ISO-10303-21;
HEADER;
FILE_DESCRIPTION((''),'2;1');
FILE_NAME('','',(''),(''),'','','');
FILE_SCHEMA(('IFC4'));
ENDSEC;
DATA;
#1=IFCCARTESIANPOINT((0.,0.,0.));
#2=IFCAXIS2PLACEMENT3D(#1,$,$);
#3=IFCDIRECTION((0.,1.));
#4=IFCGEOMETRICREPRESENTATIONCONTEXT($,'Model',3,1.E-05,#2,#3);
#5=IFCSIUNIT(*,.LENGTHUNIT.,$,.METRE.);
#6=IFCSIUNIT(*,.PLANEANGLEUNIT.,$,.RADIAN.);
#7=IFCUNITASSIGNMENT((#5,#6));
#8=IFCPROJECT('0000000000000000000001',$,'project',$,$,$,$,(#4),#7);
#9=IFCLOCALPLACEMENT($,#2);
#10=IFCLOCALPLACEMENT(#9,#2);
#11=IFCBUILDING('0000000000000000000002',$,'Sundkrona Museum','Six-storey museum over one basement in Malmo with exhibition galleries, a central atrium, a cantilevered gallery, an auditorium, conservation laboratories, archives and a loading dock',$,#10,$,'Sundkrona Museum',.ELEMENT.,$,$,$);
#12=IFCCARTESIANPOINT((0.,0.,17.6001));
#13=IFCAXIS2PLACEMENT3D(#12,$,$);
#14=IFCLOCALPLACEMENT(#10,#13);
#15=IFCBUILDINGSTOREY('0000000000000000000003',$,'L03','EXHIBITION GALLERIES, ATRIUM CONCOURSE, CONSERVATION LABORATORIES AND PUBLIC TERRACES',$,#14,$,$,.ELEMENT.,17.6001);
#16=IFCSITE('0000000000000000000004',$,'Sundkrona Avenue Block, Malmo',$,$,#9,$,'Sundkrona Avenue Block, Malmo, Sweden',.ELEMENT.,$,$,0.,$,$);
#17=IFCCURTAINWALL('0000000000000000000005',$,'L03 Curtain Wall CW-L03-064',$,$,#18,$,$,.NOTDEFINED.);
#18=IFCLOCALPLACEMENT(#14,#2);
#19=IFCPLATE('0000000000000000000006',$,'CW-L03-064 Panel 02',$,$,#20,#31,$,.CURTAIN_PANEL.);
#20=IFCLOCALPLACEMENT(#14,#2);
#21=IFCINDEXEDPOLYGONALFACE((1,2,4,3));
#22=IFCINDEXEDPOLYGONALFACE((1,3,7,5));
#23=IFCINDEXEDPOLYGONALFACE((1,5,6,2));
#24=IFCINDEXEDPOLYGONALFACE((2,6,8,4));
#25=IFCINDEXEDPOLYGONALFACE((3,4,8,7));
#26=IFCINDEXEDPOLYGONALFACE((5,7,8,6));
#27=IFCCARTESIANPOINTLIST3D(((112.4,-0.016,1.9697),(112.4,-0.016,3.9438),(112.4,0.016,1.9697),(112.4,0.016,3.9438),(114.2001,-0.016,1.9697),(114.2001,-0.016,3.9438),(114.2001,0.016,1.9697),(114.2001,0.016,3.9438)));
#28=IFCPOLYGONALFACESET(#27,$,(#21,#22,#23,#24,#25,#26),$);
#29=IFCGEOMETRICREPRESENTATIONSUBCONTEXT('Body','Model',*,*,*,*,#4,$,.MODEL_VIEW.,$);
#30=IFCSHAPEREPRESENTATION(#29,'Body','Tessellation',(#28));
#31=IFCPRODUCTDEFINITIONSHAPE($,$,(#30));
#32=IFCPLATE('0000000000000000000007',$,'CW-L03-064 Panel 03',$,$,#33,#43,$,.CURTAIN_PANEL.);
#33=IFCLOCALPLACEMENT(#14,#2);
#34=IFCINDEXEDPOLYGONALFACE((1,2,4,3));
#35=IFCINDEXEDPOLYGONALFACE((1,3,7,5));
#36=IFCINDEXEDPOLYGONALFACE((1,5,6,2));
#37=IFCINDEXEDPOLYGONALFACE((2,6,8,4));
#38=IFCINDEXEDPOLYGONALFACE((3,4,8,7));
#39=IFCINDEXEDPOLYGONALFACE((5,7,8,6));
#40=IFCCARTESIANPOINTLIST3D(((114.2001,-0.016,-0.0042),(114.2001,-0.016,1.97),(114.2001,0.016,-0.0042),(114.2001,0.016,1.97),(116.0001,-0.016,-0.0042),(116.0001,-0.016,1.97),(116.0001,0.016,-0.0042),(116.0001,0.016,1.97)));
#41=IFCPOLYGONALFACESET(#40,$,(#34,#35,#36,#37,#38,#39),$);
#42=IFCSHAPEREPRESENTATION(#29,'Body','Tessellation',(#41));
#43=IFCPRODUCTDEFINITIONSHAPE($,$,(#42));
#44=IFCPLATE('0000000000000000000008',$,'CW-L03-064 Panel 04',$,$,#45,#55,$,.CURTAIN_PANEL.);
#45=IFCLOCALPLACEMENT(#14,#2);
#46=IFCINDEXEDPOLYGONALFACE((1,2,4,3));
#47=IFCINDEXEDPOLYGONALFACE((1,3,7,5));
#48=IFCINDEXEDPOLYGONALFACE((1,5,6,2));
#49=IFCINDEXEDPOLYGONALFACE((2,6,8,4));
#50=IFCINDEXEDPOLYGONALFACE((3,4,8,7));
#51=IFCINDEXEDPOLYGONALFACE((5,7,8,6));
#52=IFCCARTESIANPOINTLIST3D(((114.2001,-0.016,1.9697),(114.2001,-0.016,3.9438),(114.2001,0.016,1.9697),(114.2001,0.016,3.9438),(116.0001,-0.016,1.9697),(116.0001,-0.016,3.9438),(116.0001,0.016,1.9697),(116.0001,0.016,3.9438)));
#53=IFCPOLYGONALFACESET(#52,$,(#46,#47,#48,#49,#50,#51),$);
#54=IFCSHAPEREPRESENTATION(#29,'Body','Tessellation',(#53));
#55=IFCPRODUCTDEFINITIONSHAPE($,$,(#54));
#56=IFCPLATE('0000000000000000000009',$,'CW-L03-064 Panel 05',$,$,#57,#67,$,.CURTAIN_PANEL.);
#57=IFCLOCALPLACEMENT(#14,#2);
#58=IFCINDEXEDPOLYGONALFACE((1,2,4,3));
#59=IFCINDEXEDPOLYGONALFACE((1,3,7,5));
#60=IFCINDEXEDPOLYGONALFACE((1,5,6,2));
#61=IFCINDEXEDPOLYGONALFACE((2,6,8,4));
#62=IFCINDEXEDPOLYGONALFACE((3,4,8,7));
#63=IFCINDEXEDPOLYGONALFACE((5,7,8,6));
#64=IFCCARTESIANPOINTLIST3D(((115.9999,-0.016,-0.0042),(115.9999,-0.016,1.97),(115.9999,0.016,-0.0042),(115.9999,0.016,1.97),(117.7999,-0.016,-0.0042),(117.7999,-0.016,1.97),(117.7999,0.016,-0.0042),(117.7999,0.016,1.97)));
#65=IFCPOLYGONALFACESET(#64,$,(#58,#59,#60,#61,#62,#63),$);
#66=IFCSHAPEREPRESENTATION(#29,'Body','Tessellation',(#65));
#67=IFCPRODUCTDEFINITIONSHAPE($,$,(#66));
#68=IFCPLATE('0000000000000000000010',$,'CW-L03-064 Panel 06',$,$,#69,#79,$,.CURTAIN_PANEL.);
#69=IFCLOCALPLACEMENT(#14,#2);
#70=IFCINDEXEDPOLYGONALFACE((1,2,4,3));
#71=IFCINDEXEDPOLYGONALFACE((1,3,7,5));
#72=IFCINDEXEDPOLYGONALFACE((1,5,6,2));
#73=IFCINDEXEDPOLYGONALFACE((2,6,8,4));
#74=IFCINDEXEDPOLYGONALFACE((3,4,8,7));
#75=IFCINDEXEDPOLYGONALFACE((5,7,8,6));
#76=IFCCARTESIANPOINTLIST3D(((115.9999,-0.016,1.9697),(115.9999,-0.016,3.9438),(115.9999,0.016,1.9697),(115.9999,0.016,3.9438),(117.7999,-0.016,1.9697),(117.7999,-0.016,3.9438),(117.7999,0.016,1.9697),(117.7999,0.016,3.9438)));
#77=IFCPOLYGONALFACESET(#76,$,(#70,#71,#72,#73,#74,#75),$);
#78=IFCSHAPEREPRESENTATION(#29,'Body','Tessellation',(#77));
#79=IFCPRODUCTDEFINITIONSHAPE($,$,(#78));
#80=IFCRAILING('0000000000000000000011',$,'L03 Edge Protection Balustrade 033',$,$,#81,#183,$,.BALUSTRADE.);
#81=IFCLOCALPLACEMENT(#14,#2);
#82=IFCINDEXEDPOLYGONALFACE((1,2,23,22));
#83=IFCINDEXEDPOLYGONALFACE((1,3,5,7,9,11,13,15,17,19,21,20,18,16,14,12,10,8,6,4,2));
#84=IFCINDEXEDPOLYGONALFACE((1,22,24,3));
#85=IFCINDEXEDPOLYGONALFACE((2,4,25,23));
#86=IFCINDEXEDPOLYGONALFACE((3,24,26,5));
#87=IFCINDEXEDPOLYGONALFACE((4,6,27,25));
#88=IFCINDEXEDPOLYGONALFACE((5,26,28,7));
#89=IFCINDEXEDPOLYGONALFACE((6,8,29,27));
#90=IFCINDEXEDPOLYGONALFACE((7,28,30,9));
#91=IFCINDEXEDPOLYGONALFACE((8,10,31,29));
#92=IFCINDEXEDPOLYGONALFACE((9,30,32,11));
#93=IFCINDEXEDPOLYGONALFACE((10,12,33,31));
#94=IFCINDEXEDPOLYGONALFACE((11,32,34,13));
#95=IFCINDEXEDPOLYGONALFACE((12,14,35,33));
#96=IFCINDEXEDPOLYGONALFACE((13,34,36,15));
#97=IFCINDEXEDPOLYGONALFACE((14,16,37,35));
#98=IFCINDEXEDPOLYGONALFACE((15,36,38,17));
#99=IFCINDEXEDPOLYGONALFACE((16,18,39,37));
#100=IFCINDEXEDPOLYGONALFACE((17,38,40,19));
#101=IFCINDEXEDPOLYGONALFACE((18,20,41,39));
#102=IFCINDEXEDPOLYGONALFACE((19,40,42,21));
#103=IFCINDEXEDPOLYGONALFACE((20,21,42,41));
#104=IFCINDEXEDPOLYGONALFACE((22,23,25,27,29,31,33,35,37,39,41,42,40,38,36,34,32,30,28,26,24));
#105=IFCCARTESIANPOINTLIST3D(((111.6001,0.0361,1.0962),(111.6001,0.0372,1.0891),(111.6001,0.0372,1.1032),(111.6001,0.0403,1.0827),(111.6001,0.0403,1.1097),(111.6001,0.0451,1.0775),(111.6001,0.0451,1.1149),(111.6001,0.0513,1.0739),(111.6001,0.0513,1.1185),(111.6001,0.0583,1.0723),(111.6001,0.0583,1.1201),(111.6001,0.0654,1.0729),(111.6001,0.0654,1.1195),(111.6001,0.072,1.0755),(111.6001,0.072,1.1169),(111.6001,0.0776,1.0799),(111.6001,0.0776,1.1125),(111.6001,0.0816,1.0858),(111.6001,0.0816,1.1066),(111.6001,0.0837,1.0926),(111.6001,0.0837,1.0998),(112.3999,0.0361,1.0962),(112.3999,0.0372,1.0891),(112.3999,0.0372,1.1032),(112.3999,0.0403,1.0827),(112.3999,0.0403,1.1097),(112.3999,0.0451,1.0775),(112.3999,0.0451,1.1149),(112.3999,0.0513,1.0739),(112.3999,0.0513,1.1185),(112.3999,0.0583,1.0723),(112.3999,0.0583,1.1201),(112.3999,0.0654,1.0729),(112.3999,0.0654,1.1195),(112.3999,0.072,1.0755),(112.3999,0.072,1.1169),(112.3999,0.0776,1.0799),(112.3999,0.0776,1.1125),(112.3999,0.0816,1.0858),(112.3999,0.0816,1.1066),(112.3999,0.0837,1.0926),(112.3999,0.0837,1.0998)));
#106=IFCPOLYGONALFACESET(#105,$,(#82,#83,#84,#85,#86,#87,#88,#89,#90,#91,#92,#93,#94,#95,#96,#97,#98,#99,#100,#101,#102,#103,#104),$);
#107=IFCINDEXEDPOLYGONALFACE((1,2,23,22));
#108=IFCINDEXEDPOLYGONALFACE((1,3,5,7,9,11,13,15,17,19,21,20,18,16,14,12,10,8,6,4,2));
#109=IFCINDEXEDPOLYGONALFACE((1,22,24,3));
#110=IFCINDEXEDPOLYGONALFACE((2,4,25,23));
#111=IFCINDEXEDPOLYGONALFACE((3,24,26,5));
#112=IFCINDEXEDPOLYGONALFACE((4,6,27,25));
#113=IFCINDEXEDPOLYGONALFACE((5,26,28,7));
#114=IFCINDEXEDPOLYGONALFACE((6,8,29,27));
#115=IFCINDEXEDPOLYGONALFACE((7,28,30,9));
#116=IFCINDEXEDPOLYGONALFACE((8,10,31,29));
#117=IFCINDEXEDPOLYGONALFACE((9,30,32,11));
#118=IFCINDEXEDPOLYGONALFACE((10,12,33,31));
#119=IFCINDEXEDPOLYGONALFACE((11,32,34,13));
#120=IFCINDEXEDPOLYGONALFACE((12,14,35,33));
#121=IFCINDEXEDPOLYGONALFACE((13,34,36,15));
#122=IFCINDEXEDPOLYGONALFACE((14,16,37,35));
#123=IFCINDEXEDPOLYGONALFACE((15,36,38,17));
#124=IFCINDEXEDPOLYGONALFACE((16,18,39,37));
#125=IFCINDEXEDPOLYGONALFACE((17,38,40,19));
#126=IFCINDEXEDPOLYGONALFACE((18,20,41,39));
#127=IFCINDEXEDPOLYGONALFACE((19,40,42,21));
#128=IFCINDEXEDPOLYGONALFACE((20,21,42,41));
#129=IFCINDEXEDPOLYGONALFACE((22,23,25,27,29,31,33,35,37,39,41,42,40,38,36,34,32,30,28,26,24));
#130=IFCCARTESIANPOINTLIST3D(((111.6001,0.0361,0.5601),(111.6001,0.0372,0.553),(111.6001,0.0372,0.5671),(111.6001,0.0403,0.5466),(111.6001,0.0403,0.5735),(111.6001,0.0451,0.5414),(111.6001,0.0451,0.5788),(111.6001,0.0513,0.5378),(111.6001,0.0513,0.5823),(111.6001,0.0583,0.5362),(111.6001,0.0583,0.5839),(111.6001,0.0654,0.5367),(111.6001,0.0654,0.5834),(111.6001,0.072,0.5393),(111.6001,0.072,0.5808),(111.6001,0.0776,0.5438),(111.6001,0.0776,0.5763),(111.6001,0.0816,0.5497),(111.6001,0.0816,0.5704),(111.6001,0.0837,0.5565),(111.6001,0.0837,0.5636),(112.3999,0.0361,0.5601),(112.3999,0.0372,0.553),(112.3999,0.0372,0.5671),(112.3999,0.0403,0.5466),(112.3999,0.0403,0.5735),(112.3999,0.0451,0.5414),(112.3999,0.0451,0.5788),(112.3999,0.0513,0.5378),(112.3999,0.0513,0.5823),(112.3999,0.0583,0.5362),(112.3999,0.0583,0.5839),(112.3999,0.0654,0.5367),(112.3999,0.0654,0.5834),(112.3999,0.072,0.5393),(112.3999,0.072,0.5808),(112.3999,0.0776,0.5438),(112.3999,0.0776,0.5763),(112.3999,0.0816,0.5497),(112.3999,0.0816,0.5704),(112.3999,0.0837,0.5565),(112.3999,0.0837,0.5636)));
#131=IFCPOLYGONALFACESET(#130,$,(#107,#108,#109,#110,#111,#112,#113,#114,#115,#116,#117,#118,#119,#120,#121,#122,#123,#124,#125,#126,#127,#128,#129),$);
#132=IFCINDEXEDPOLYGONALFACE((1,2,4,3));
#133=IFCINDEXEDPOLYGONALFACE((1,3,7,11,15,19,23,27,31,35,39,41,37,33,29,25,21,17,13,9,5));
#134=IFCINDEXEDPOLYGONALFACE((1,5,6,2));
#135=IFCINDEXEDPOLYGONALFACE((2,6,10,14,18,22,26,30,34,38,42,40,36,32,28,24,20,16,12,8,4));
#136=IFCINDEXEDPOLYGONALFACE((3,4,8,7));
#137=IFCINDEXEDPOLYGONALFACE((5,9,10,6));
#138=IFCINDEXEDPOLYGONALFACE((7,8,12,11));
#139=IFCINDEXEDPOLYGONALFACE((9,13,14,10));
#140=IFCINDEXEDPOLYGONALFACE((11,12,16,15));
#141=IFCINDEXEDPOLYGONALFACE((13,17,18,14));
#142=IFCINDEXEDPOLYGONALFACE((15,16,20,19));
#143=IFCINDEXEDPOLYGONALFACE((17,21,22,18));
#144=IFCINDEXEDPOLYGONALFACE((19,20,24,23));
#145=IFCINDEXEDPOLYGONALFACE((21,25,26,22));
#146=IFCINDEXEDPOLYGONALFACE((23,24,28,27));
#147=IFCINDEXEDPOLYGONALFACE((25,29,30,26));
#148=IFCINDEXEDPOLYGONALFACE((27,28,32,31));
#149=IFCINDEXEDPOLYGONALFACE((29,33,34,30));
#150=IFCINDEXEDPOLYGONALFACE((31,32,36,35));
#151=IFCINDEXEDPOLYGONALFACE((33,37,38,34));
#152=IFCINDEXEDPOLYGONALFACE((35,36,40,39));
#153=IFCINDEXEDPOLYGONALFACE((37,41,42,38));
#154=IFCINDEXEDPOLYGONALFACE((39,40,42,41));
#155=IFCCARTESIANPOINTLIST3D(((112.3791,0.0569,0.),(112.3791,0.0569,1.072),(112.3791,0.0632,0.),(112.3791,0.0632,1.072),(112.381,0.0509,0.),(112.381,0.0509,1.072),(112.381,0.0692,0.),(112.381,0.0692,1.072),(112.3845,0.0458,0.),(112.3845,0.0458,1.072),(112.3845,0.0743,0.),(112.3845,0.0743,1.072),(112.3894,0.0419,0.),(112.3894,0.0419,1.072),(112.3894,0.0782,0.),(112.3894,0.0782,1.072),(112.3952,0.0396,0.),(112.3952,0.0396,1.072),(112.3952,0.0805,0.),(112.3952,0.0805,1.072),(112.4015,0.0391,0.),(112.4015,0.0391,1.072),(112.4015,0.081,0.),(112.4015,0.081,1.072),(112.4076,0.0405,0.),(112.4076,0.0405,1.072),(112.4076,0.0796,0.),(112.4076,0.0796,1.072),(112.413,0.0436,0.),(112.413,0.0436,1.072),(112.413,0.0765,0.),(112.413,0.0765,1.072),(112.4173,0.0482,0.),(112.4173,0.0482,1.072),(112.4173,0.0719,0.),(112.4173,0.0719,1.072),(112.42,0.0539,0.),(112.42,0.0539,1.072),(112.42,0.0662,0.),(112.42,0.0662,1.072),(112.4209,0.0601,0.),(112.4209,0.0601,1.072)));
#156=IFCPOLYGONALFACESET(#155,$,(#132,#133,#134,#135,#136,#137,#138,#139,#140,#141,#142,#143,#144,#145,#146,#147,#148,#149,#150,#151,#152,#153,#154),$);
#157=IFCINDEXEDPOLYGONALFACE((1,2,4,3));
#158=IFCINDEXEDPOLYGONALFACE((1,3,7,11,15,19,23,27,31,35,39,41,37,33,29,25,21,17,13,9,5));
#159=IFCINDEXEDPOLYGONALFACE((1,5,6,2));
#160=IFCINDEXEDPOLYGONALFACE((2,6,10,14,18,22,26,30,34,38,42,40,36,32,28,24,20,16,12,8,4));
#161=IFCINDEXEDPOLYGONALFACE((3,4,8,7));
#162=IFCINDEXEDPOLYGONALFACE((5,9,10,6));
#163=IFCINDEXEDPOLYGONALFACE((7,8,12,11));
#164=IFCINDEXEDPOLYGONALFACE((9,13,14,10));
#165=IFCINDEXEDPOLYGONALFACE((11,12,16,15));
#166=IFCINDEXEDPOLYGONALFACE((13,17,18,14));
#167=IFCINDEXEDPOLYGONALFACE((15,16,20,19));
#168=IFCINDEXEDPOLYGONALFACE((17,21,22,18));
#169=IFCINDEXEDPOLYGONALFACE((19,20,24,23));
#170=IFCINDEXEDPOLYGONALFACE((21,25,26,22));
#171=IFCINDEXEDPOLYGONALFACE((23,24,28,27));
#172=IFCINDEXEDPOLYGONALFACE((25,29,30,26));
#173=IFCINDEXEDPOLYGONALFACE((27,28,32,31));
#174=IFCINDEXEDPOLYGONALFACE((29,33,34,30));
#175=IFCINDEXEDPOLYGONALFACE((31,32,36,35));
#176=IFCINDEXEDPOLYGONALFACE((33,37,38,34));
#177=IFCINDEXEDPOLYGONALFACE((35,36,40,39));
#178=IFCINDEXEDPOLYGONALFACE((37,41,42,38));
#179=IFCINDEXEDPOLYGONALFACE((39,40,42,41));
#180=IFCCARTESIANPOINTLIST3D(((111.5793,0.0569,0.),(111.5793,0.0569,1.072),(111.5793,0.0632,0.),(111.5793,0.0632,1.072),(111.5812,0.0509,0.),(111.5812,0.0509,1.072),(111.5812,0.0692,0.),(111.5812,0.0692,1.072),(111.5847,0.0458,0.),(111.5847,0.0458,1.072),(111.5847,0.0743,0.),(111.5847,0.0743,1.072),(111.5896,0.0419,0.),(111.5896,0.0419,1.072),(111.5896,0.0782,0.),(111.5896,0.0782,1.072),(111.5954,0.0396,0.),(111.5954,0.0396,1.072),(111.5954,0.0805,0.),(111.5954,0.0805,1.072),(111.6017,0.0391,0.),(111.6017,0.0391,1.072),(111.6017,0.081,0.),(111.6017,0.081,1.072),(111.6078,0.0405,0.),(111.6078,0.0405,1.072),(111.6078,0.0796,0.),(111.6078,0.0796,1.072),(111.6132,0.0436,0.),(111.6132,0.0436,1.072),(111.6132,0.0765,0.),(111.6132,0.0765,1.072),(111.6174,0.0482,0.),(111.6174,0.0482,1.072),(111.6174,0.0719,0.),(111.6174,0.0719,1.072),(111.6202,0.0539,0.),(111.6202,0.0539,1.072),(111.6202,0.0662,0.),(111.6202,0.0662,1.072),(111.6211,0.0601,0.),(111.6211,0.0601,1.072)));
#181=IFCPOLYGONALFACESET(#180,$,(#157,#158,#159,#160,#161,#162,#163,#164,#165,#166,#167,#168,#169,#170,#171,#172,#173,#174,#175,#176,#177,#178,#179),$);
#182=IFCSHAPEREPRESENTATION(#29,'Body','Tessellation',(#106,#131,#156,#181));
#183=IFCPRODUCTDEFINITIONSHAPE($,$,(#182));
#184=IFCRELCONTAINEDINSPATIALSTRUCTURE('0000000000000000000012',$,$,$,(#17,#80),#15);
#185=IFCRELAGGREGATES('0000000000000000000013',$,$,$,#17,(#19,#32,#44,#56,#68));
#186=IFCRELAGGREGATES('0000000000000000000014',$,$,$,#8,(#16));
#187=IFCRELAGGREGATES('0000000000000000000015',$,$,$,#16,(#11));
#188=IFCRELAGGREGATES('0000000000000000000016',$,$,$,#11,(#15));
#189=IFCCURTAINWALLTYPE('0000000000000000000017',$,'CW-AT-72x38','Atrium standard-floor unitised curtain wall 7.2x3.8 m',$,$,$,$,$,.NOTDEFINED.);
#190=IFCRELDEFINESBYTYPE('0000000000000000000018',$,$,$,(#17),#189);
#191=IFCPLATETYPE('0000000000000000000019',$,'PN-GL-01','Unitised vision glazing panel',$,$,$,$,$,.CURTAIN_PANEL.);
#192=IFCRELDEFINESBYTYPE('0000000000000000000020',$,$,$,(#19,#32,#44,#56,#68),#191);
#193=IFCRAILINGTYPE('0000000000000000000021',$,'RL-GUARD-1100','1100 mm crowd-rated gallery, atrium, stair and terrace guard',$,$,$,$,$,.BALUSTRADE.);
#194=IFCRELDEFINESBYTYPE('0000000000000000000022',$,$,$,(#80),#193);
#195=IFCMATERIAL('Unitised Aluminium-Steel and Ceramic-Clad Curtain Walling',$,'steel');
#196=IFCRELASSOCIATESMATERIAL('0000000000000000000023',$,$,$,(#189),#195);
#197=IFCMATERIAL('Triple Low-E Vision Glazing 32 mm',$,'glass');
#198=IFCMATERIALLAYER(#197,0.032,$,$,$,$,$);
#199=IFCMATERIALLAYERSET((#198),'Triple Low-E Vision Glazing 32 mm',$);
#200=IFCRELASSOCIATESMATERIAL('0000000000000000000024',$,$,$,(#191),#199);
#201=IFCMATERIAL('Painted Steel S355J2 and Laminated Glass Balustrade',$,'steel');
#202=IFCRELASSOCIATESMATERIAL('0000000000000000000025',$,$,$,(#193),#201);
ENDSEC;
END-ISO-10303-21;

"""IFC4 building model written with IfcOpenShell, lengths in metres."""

from ifc_helpers import new_model, si_unit, direction, frame, origin, origin_2d, place, context, subcontext, project, spatial, rectangle, circle, extrude, material, layer, layer_set, type_object, element, aggregate, save


model = new_model("IFC4")

# Units and contexts
model_context = context("Model", 3, precision=1e-05, world=origin(), true_north=direction((0.0, 1.0)))
body_context = subcontext(model_context, "Body", "Model", "MODEL_VIEW")
ifc_project = project(units=[si_unit("LENGTHUNIT", "METRE"), si_unit("PLANEANGLEUNIT", "RADIAN")], contexts=[model_context])

# Site, building, storey
site_placement = place(None, origin())
site = spatial("IfcSite", under=ifc_project, at=site_placement, Name="Sundkrona Avenue Block, Malmo", LongName="Sundkrona Avenue Block, Malmo, Sweden", CompositionType="ELEMENT", RefElevation=0.0)
building_placement = place(site_placement, origin())
building = spatial("IfcBuilding", under=site, at=building_placement, Name="Sundkrona Museum", Description="Six-storey museum over one basement in Malmo with exhibition galleries, a central atrium, a cantilevered gallery, an auditorium, conservation laboratories, archives and a loading dock", LongName="Sundkrona Museum", CompositionType="ELEMENT")
storey_placement = place(building_placement, frame((0.0, 0.0, 17.6001)))
storey = spatial("IfcBuildingStorey", under=building, at=storey_placement, Name="L03", Description="EXHIBITION GALLERIES, ATRIUM CONCOURSE, CONSERVATION LABORATORIES AND PUBLIC TERRACES", CompositionType="ELEMENT", Elevation=17.6001)

# Curtain wall
ifc_material_1 = material(Name="Unitised Aluminium-Steel and Ceramic-Clad Curtain Walling", Category="steel")
curtain_wall_type = type_object("IfcCurtainWallType", Name="CW-AT-72x38", Description="Atrium standard-floor unitised curtain wall 7.2x3.8 m", PredefinedType="NOTDEFINED", material=ifc_material_1)
curtain_wall_1_placement = place(storey_placement, origin())
curtain_wall_1 = element("IfcCurtainWall", 1, at=curtain_wall_1_placement, inside=storey, type_object=curtain_wall_type, Name="L03 Curtain Wall CW-L03-064", PredefinedType="NOTDEFINED")

# Plates
ifc_material_2 = material(Name="Triple Low-E Vision Glazing 32 mm", Category="glass")
ifc_layer = layer(ifc_material_2, 0.032)
ifc_layer_set = layer_set([ifc_layer], Name="Triple Low-E Vision Glazing 32 mm")
plate_type = type_object("IfcPlateType", Name="PN-GL-01", Description="Unitised vision glazing panel", PredefinedType="CURTAIN_PANEL", material=ifc_layer_set)
plate_1_placement = place(storey_placement, frame((113.3, 0.0, 1.9697), z_axis=(0.0, 0.0, 1.0), x_axis=(1.0, 0.0, 0.0)))
plate_1 = element("IfcPlate", 2, at=plate_1_placement, type_object=plate_type, Name="CW-L03-064 Panel 02", PredefinedType="CURTAIN_PANEL", context=body_context, shape_type="SweptSolid", body=[
    extrude(rectangle(XDim=1.8, YDim=0.032, at=origin_2d()), origin(), (0.0, 0.0, 1.0), 1.9741),
])
plate_2_placement = place(storey_placement, frame((115.1001, 0.0, -0.0042), z_axis=(0.0, 0.0, 1.0), x_axis=(1.0, 0.0, 0.0)))
plate_2 = element("IfcPlate", 3, at=plate_2_placement, type_object=plate_type, Name="CW-L03-064 Panel 03", PredefinedType="CURTAIN_PANEL", context=body_context, shape_type="SweptSolid", body=[
    extrude(rectangle(XDim=1.8, YDim=0.032, at=origin_2d()), origin(), (0.0, 0.0, 1.0), 1.9741),
])
plate_3_placement = place(storey_placement, frame((115.1001, 0.0, 1.9697), z_axis=(0.0, 0.0, 1.0), x_axis=(1.0, 0.0, 0.0)))
plate_3 = element("IfcPlate", 4, at=plate_3_placement, type_object=plate_type, Name="CW-L03-064 Panel 04", PredefinedType="CURTAIN_PANEL", context=body_context, shape_type="SweptSolid", body=[
    extrude(rectangle(XDim=1.8, YDim=0.032, at=origin_2d()), origin(), (0.0, 0.0, 1.0), 1.9741),
])
plate_4_placement = place(storey_placement, frame((116.8999, 0.0, -0.0042), z_axis=(0.0, 0.0, 1.0), x_axis=(1.0, 0.0, 0.0)))
plate_4 = element("IfcPlate", 5, at=plate_4_placement, type_object=plate_type, Name="CW-L03-064 Panel 05", PredefinedType="CURTAIN_PANEL", context=body_context, shape_type="SweptSolid", body=[
    extrude(rectangle(XDim=1.8, YDim=0.032, at=origin_2d()), origin(), (0.0, 0.0, 1.0), 1.9741),
])
plate_5_placement = place(storey_placement, frame((116.8999, 0.0, 1.9697), z_axis=(0.0, 0.0, 1.0), x_axis=(1.0, 0.0, 0.0)))
plate_5 = element("IfcPlate", 6, at=plate_5_placement, type_object=plate_type, Name="CW-L03-064 Panel 06", PredefinedType="CURTAIN_PANEL", context=body_context, shape_type="SweptSolid", body=[
    extrude(rectangle(XDim=1.8, YDim=0.032, at=origin_2d()), origin(), (0.0, 0.0, 1.0), 1.9741),
])
aggregate(curtain_wall_1, [plate_1, plate_2, plate_3, plate_4, plate_5])

# Railing
ifc_material_3 = material(Name="Painted Steel S355J2 and Laminated Glass Balustrade", Category="steel")
railing_type = type_object("IfcRailingType", Name="RL-GUARD-1100", Description="1100 mm crowd-rated gallery, atrium, stair and terrace guard", PredefinedType="BALUSTRADE", material=ifc_material_3)
railing_placement = place(storey_placement, frame((112.3999, 0.0601, 0.0)))
element("IfcRailing", 7, at=railing_placement, inside=storey, type_object=railing_type, Name="L03 Edge Protection Balustrade 033", PredefinedType="BALUSTRADE", context=body_context, shape_type="SweptSolid", body=[
    extrude(circle(Radius=0.0239, at=origin_2d()), frame((0.0, 0.0, 1.0962), z_axis=(-1.0, 0.0, 0.0), x_axis=(0.0, -1.0, 0.0)), (0.0, 0.0, 1.0), 0.7998),
    extrude(circle(Radius=0.0239, at=origin_2d()), frame((0.0, 0.0, 0.5601), z_axis=(-1.0, 0.0, 0.0), x_axis=(0.0, -1.0, 0.0)), (0.0, 0.0, 1.0), 0.7998),
    extrude(circle(Radius=0.021, at=origin_2d()), origin(), (0.0, 0.0, 1.0), 1.072),
    extrude(circle(Radius=0.021, at=origin_2d()), frame((-0.7998, 0.0, 0.0)), (0.0, 0.0, 1.0), 1.072),
])

save(model, "model.ifc")
